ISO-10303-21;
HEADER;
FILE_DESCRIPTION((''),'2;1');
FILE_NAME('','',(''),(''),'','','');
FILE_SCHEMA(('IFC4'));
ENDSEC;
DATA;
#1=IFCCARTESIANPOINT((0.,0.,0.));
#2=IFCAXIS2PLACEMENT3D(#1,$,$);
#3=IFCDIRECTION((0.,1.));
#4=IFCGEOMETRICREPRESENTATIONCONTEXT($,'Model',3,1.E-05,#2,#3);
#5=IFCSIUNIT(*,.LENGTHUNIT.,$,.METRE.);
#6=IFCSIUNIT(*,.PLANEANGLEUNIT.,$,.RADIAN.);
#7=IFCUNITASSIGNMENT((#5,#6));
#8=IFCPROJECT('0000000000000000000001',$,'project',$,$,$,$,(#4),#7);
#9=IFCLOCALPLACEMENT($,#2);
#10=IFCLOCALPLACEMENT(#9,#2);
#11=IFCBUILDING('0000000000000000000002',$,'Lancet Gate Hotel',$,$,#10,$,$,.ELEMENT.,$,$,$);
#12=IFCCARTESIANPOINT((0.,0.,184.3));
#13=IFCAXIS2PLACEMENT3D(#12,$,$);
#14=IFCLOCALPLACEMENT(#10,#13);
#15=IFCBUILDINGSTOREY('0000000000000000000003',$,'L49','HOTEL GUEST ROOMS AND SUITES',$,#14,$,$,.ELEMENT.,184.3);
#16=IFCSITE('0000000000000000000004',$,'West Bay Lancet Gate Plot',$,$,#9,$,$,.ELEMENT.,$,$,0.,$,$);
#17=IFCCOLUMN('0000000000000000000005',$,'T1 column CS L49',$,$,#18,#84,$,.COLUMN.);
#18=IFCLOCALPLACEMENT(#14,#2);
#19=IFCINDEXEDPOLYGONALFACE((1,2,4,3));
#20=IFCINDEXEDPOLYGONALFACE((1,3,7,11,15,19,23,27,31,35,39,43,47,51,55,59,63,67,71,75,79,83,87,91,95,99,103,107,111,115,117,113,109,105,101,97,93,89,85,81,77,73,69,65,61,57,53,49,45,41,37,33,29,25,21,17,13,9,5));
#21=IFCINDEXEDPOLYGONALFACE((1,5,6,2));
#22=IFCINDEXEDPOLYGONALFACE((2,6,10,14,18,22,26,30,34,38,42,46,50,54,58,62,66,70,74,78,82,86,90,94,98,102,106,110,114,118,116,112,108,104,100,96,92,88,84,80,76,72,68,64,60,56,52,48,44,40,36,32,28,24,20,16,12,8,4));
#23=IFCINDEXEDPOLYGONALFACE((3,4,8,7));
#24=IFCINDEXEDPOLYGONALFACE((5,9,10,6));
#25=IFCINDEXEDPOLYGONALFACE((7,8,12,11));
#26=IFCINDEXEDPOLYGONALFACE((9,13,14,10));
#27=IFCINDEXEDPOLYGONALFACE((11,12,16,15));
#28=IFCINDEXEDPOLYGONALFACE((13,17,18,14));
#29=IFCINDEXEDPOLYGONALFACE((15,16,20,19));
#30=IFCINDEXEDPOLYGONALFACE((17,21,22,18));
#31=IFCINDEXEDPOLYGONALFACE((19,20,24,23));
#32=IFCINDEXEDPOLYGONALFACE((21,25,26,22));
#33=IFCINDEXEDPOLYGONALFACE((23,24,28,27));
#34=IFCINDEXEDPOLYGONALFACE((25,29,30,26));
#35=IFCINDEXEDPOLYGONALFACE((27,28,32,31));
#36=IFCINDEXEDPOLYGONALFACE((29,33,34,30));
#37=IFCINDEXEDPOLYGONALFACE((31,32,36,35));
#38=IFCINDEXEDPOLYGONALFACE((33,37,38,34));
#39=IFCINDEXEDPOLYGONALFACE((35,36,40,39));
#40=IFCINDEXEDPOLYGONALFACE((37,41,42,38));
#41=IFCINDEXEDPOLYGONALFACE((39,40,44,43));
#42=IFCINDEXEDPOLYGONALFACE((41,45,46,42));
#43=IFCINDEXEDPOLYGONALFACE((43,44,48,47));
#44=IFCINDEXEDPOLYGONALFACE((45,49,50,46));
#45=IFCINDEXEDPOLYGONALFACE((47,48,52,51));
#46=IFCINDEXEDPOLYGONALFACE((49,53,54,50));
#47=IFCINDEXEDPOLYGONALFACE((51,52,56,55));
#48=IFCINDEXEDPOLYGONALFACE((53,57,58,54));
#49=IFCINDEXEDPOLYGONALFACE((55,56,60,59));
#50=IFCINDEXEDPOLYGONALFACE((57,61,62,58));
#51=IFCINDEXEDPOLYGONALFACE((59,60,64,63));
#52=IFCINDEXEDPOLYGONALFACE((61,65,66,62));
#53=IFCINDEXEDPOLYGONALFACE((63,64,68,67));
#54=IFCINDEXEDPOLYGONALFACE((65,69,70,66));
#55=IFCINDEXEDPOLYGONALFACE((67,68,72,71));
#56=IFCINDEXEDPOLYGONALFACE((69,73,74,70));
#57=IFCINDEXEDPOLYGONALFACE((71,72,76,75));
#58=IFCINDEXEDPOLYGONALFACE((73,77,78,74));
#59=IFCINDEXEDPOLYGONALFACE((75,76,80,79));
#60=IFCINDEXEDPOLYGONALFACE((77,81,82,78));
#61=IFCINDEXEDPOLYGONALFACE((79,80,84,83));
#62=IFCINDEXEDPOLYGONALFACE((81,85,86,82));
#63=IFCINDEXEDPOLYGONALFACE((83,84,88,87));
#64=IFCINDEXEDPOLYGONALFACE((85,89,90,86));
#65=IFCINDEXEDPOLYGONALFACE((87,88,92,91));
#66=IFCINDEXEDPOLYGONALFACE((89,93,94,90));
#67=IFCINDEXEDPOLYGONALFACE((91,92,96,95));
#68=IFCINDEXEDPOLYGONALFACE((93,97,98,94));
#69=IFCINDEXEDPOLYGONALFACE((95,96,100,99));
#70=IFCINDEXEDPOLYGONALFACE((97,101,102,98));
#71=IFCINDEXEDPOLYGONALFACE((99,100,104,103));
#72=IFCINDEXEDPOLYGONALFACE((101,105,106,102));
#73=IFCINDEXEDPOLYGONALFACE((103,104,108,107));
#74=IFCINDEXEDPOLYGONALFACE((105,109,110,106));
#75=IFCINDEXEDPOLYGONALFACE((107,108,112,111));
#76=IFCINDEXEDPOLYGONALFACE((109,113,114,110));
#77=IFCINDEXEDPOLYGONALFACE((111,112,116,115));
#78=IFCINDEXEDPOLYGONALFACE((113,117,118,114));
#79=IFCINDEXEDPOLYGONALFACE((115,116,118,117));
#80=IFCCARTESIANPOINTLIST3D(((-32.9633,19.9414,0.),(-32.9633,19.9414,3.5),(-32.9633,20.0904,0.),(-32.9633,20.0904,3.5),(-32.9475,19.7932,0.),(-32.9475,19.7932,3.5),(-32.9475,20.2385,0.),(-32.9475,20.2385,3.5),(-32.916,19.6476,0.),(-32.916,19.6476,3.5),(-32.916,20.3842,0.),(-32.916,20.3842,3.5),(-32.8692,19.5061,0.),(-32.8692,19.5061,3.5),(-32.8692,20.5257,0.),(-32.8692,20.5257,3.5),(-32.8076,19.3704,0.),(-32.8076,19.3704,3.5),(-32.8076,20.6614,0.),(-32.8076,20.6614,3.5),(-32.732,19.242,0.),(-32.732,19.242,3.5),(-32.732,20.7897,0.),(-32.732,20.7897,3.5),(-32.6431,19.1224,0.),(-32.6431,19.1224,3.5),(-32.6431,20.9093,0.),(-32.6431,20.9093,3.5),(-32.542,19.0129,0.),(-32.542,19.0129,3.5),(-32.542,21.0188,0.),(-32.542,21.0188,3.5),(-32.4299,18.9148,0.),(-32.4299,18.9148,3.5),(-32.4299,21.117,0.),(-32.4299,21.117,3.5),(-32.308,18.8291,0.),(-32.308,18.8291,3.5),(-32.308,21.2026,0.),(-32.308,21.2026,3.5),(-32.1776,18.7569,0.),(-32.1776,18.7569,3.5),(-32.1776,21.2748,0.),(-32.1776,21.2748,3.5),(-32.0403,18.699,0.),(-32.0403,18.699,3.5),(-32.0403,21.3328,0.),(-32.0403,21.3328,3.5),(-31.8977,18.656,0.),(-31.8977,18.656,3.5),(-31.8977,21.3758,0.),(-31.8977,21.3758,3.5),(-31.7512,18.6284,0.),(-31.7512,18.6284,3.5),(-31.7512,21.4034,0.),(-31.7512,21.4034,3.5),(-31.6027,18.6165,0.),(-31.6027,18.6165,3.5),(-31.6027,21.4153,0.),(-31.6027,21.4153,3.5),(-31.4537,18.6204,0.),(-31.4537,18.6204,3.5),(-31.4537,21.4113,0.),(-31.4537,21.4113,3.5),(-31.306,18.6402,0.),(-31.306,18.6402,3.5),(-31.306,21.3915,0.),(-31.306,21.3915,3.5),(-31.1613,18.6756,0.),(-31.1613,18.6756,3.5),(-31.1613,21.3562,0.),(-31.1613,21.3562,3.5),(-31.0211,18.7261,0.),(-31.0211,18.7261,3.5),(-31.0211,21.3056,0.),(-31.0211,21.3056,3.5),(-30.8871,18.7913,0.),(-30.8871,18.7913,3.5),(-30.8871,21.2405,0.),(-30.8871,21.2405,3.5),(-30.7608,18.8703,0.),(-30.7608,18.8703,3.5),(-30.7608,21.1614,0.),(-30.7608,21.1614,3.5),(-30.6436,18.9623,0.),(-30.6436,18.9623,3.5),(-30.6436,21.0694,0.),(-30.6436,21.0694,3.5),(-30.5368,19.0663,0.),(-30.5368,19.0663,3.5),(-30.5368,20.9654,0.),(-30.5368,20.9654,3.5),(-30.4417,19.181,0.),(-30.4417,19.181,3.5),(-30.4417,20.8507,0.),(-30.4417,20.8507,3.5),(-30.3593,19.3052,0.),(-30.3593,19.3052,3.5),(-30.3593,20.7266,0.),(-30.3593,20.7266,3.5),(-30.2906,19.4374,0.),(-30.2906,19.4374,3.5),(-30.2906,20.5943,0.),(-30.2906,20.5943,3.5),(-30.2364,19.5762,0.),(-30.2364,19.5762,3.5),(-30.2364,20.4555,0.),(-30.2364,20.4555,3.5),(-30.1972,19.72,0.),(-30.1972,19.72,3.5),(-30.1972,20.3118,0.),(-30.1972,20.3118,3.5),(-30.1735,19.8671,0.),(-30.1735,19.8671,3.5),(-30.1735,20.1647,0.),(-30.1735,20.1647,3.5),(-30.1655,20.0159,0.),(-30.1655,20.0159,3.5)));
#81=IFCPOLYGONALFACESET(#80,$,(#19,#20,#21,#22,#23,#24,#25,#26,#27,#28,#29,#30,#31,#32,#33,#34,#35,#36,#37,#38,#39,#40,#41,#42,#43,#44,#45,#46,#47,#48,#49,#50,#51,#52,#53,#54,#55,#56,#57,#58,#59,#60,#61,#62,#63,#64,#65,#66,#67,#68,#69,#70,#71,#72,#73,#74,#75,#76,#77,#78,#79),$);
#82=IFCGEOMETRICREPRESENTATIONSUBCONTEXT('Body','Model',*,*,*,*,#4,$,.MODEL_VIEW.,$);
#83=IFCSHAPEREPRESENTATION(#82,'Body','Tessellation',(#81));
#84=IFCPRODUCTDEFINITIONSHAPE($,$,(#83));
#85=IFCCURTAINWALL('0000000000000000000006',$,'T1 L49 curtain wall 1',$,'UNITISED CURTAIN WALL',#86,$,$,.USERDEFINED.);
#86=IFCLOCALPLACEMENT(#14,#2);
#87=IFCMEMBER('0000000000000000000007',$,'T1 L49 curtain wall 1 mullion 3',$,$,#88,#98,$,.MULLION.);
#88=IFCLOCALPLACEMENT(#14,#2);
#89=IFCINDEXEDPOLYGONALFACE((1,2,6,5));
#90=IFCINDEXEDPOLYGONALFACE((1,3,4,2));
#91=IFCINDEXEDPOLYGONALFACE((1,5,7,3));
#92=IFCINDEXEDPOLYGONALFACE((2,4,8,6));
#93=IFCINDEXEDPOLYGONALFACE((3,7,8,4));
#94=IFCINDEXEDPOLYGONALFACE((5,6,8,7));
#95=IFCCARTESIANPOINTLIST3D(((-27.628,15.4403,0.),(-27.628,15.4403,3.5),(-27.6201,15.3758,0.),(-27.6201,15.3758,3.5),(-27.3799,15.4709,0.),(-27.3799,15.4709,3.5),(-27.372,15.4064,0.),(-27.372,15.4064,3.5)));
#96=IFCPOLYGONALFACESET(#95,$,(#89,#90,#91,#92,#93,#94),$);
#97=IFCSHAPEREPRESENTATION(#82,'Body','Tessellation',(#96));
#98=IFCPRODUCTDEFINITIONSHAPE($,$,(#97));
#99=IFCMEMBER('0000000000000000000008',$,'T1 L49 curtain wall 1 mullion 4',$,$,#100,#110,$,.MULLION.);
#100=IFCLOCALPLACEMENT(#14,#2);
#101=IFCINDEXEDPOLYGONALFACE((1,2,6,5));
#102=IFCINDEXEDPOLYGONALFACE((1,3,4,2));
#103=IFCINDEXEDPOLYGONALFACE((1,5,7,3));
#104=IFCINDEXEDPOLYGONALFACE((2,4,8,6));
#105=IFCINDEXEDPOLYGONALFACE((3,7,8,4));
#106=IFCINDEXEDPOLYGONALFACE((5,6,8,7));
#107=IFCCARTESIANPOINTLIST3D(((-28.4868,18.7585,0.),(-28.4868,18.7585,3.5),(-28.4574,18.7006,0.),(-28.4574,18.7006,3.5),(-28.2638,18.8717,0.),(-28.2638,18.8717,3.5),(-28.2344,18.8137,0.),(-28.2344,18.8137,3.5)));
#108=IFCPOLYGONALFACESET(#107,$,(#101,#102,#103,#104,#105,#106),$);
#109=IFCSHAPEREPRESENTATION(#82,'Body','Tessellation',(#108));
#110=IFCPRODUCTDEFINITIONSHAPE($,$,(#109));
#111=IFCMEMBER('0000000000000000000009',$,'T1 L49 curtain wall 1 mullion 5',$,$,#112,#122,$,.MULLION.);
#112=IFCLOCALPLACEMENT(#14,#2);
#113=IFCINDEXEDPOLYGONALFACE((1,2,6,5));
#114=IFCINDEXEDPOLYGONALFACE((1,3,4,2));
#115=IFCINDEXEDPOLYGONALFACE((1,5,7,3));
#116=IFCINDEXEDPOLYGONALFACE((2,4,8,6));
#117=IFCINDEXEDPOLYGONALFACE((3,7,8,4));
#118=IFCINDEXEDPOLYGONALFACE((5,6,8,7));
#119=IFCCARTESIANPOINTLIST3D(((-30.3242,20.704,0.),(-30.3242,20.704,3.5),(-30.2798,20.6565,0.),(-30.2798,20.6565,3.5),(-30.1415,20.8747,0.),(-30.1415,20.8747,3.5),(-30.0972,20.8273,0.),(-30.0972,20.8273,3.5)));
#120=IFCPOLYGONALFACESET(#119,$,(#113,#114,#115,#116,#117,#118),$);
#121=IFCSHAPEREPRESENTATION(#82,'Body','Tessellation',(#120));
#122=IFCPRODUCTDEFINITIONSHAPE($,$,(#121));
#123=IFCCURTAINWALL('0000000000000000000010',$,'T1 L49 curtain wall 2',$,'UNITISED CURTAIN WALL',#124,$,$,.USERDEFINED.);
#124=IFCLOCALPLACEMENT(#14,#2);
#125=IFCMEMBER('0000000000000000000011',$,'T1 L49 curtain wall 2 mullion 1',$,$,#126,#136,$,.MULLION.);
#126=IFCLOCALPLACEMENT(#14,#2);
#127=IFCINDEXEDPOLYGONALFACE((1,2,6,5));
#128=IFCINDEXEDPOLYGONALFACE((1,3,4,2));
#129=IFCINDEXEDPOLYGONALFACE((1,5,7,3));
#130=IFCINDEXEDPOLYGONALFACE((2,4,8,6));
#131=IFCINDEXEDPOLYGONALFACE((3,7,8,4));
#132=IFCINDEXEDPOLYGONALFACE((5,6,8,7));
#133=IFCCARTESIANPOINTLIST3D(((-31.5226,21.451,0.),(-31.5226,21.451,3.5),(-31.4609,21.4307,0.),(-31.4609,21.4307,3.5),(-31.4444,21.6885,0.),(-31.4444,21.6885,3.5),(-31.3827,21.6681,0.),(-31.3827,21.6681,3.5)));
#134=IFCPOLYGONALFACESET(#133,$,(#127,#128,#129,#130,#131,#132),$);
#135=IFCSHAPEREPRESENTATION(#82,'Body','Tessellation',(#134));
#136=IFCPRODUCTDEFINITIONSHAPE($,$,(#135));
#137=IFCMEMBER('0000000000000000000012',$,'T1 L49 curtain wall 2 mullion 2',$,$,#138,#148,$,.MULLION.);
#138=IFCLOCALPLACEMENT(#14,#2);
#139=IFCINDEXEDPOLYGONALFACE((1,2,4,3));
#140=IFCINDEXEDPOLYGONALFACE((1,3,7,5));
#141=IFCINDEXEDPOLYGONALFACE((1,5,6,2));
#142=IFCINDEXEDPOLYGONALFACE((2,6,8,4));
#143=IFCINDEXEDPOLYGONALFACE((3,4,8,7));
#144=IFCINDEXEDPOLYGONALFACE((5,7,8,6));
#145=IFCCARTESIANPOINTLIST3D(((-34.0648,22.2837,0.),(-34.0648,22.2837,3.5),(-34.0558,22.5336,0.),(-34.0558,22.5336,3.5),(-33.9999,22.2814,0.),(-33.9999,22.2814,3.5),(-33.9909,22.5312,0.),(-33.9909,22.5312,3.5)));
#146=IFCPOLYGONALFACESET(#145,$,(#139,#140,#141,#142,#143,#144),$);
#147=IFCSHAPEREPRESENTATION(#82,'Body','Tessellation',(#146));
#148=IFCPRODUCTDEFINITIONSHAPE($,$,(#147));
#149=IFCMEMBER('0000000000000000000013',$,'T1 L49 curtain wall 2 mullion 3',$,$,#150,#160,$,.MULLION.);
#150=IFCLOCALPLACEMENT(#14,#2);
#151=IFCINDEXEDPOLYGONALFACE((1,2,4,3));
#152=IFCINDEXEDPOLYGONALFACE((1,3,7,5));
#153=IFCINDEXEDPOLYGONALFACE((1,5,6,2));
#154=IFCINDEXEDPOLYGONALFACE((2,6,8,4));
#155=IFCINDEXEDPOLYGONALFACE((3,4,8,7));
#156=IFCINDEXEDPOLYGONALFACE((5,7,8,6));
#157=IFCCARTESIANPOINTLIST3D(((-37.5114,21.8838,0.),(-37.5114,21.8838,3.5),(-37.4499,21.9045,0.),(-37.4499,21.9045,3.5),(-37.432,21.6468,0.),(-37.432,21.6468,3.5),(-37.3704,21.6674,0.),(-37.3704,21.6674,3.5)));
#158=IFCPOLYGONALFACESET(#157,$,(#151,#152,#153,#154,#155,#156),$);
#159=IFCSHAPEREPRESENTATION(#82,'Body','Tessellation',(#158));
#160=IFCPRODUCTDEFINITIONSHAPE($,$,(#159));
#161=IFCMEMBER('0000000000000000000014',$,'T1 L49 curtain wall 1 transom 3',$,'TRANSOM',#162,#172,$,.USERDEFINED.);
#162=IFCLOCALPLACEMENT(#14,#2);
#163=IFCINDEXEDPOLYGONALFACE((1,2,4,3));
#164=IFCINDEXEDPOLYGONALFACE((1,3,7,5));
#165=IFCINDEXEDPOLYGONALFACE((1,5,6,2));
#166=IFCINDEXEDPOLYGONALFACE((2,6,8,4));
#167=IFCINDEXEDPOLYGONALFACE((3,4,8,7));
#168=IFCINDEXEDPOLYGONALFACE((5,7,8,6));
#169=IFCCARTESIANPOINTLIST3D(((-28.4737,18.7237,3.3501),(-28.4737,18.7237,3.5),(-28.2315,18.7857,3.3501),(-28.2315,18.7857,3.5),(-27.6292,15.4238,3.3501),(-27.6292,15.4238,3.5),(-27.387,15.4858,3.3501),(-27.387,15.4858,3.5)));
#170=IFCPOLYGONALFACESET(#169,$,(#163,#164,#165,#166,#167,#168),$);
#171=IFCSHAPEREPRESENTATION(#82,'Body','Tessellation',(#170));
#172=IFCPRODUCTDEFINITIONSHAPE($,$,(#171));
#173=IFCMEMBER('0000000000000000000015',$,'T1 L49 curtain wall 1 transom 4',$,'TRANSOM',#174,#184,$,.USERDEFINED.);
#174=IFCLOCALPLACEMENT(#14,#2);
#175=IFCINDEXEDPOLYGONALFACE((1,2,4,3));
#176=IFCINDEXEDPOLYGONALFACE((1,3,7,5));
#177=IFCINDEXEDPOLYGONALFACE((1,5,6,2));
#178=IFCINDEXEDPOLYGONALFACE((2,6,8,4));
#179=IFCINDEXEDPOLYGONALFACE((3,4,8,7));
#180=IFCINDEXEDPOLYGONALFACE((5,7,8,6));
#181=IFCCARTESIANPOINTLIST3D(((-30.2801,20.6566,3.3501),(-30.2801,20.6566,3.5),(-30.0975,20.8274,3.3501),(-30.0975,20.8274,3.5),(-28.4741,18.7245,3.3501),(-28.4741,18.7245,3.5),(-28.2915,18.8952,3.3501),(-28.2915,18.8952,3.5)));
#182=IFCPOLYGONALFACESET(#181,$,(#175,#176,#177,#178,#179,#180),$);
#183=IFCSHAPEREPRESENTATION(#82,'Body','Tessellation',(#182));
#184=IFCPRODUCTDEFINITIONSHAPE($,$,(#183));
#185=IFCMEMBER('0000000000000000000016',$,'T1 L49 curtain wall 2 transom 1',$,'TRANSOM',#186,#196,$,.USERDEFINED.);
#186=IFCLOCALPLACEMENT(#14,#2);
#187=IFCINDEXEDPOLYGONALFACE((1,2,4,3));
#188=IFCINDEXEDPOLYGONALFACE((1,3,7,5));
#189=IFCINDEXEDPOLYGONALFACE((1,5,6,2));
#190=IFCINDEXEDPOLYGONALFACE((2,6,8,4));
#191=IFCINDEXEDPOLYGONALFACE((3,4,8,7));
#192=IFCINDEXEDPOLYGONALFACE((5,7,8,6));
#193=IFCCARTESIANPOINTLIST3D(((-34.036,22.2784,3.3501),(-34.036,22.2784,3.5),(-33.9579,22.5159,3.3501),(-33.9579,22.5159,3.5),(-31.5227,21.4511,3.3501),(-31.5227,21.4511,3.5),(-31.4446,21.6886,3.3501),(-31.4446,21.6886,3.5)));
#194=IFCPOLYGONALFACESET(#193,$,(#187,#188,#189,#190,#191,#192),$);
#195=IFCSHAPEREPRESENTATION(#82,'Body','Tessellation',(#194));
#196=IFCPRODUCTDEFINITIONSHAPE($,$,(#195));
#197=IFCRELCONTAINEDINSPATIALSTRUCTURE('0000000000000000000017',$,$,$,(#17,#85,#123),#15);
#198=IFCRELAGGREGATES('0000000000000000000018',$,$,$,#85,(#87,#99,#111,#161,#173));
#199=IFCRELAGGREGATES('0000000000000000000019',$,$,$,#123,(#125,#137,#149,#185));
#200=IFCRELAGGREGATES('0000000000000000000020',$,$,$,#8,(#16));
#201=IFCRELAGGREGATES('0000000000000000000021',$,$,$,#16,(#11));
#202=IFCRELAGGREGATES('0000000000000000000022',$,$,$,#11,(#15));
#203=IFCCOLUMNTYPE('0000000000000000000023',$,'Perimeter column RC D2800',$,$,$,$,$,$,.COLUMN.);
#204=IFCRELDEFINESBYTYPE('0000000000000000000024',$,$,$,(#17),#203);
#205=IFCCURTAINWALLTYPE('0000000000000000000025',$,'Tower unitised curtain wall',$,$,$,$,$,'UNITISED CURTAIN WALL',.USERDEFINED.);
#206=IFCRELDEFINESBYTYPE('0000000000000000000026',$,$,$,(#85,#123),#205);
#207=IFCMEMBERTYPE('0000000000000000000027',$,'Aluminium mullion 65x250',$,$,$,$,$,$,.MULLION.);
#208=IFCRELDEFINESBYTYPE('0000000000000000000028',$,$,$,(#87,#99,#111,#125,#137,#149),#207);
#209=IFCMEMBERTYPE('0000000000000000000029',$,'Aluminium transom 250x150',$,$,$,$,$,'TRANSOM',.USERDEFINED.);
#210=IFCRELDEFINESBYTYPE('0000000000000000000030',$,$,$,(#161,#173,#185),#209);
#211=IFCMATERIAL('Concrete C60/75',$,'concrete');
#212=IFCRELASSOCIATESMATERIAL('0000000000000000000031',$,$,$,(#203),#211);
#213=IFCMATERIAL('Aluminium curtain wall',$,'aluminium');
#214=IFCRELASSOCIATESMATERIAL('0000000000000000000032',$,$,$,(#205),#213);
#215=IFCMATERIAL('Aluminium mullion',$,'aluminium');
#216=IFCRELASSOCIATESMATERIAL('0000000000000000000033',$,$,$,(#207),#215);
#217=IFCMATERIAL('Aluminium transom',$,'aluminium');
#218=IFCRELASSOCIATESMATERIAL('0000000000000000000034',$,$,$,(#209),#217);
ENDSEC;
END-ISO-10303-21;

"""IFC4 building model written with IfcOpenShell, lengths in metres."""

from ifc_helpers import new_model, si_unit, direction, frame, origin, origin_2d, place, context, subcontext, project, spatial, rectangle, circle, extrude, material, material_profile, profile_set, type_object, element, aggregate, save


model = new_model("IFC4")

# Units and contexts
model_context = context("Model", 3, precision=1e-05, world=origin(), true_north=direction((0.0, 1.0)))
body_context = subcontext(model_context, "Body", "Model", "MODEL_VIEW")
ifc_project = project(units=[si_unit("LENGTHUNIT", "METRE"), si_unit("PLANEANGLEUNIT", "RADIAN")], contexts=[model_context])

# Site, building, storey
site_placement = place(None, origin())
site = spatial("IfcSite", under=ifc_project, at=site_placement, Name="West Bay Lancet Gate Plot", CompositionType="ELEMENT", RefElevation=0.0)
building_placement = place(site_placement, origin())
building = spatial("IfcBuilding", under=site, at=building_placement, Name="Lancet Gate Hotel", CompositionType="ELEMENT")
storey_placement = place(building_placement, frame((0.0, 0.0, 184.3)))
storey = spatial("IfcBuildingStorey", under=building, at=storey_placement, Name="L49", Description="HOTEL GUEST ROOMS AND SUITES", CompositionType="ELEMENT", Elevation=184.3)

# Column
ifc_material_1 = material(Name="Concrete C60/75", Category="concrete")
ifc_material_profile_1 = material_profile(ifc_material_1, circle(Radius=1.3999, at=origin_2d()), Name="RC D2800")
ifc_profile_set_1 = profile_set([ifc_material_profile_1], Name="Concrete C60/75")
column_type = type_object("IfcColumnType", Name="Perimeter column RC D2800", PredefinedType="COLUMN", material=ifc_profile_set_1)
column_placement = place(storey_placement, frame((-31.5654, 20.0159, 0.0), z_axis=(0.0, 0.0, 1.0), x_axis=(1.0, 0.0, 0.0)))
element("IfcColumn", 1, at=column_placement, inside=storey, type_object=column_type, Name="T1 column CS L49", PredefinedType="COLUMN", context=body_context, shape_type="SweptSolid", body=[
    extrude(circle(Radius=1.3999, at=origin_2d()), origin(), (0.0, 0.0, 1.0), 3.5),
])

# Curtain walls, members
ifc_material_2 = material(Name="Aluminium curtain wall", Category="aluminium")
curtain_wall_type = type_object("IfcCurtainWallType", Name="Tower unitised curtain wall", ElementType="UNITISED CURTAIN WALL", PredefinedType="USERDEFINED", material=ifc_material_2)
curtain_wall_1_placement = place(storey_placement, origin())
curtain_wall_1 = element("IfcCurtainWall", 2, at=curtain_wall_1_placement, inside=storey, type_object=curtain_wall_type, Name="T1 L49 curtain wall 1", ObjectType="UNITISED CURTAIN WALL", PredefinedType="USERDEFINED")
ifc_material_3 = material(Name="Aluminium mullion", Category="aluminium")
ifc_material_profile_2 = material_profile(ifc_material_3, rectangle(XDim=0.0649, YDim=0.25, at=origin_2d()), Name="MULLION 65x250")
ifc_profile_set_2 = profile_set([ifc_material_profile_2], Name="Aluminium mullion")
member_type_1 = type_object("IfcMemberType", Name="Aluminium mullion 65x250", PredefinedType="MULLION", material=ifc_profile_set_2)
member_1_placement = place(storey_placement, frame((-27.5, 15.4233, 0.0), z_axis=(0.0, 0.0, 1.0), x_axis=(-0.122467, 0.992473, 0.0)))
member_1 = element("IfcMember", 3, at=member_1_placement, type_object=member_type_1, Name="T1 L49 curtain wall 1 mullion 3", PredefinedType="MULLION", context=body_context, shape_type="SweptSolid", body=[
    extrude(rectangle(XDim=0.0649, YDim=0.25, at=origin_2d()), origin(), (0.0, 0.0, 1.0), 3.5),
])
member_2_placement = place(storey_placement, frame((-28.3606, 18.7861, 0.0), z_axis=(0.0, 0.0, 1.0), x_axis=(-0.452508, 0.891761, 0.0)))
member_2 = element("IfcMember", 4, at=member_2_placement, type_object=member_type_1, Name="T1 L49 curtain wall 1 mullion 4", PredefinedType="MULLION", context=body_context, shape_type="SweptSolid", body=[
    extrude(rectangle(XDim=0.0649, YDim=0.25, at=origin_2d()), origin(), (0.0, 0.0, 1.0), 3.5),
])
member_3_placement = place(storey_placement, frame((-30.2107, 20.7656, 0.0), z_axis=(0.0, 0.0, 1.0), x_axis=(-0.682845, 0.730563, 0.0)))
member_3 = element("IfcMember", 5, at=member_3_placement, type_object=member_type_1, Name="T1 L49 curtain wall 1 mullion 5", PredefinedType="MULLION", context=body_context, shape_type="SweptSolid", body=[
    extrude(rectangle(XDim=0.0649, YDim=0.25, at=origin_2d()), origin(), (0.0, 0.0, 1.0), 3.5),
])
curtain_wall_2_placement = place(storey_placement, origin())
curtain_wall_2 = element("IfcCurtainWall", 6, at=curtain_wall_2_placement, inside=storey, type_object=curtain_wall_type, Name="T1 L49 curtain wall 2", ObjectType="UNITISED CURTAIN WALL", PredefinedType="USERDEFINED")
member_4_placement = place(storey_placement, frame((-31.4526, 21.5596, 0.0), z_axis=(0.0, 0.0, 1.0), x_axis=(-0.949848, 0.312712, 0.0)))
member_4 = element("IfcMember", 7, at=member_4_placement, type_object=member_type_1, Name="T1 L49 curtain wall 2 mullion 1", PredefinedType="MULLION", context=body_context, shape_type="SweptSolid", body=[
    extrude(rectangle(XDim=0.0649, YDim=0.25, at=origin_2d()), origin(), (0.0, 0.0, 1.0), 3.5),
])
member_5_placement = place(storey_placement, frame((-34.0278, 22.4075, 0.0), z_axis=(0.0, 0.0, 1.0), x_axis=(-0.99935, 0.036037, 0.0)))
member_5 = element("IfcMember", 8, at=member_5_placement, type_object=member_type_1, Name="T1 L49 curtain wall 2 mullion 2", PredefinedType="MULLION", context=body_context, shape_type="SweptSolid", body=[
    extrude(rectangle(XDim=0.0649, YDim=0.25, at=origin_2d()), origin(), (0.0, 0.0, 1.0), 3.5),
])
member_6_placement = place(storey_placement, frame((-37.4409, 21.7756, 0.0), z_axis=(0.0, 0.0, 1.0), x_axis=(-0.948119, -0.317915, 0.0)))
member_6 = element("IfcMember", 9, at=member_6_placement, type_object=member_type_1, Name="T1 L49 curtain wall 2 mullion 3", PredefinedType="MULLION", context=body_context, shape_type="SweptSolid", body=[
    extrude(rectangle(XDim=0.0649, YDim=0.25, at=origin_2d()), origin(), (0.0, 0.0, 1.0), 3.5),
])

# Members
ifc_material_4 = material(Name="Aluminium transom", Category="aluminium")
ifc_material_profile_3 = material_profile(ifc_material_4, rectangle(XDim=0.25, YDim=0.1499, at=origin_2d()), Name="TRANSOM 250x150")
ifc_profile_set_3 = profile_set([ifc_material_profile_3], Name="Aluminium transom")
member_type_2 = type_object("IfcMemberType", Name="Aluminium transom 250x150", ElementType="TRANSOM", PredefinedType="USERDEFINED", material=ifc_profile_set_3)
member_7_placement = place(storey_placement, frame((-27.5081, 15.4548, 3.425), z_axis=(-0.247929, 0.968778, 0.0), x_axis=(-0.968778, -0.247929, 0.0)))
member_7 = element("IfcMember", 10, at=member_7_placement, type_object=member_type_2, Name="T1 L49 curtain wall 1 transom 3", ObjectType="TRANSOM", PredefinedType="USERDEFINED", context=body_context, shape_type="SweptSolid", body=[
    extrude(rectangle(XDim=0.25, YDim=0.1499, at=origin_2d()), origin(), (0.0, 0.0, 1.0), 3.4062),
])
member_8_placement = place(storey_placement, frame((-28.3828, 18.8098, 3.425), z_axis=(-0.682841, 0.730567, 0.0), x_axis=(-0.730567, -0.682841, 0.0)))
member_8 = element("IfcMember", 11, at=member_8_placement, type_object=member_type_2, Name="T1 L49 curtain wall 1 transom 4", ObjectType="TRANSOM", PredefinedType="USERDEFINED", context=body_context, shape_type="SweptSolid", body=[
    extrude(rectangle(XDim=0.25, YDim=0.1499, at=origin_2d()), origin(), (0.0, 0.0, 1.0), 2.6448),
])
member_9_placement = place(storey_placement, frame((-31.4836, 21.5698, 3.425), z_axis=(-0.949858, 0.312683, 0.0), x_axis=(-0.312683, -0.949858, 0.0)))
member_9 = element("IfcMember", 12, at=member_9_placement, type_object=member_type_2, Name="T1 L49 curtain wall 2 transom 1", ObjectType="TRANSOM", PredefinedType="USERDEFINED", context=body_context, shape_type="SweptSolid", body=[
    extrude(rectangle(XDim=0.25, YDim=0.1499, at=origin_2d()), origin(), (0.0, 0.0, 1.0), 2.646),
])

aggregate(curtain_wall_1, [member_1, member_2, member_3, member_7, member_8])
aggregate(curtain_wall_2, [member_4, member_5, member_6, member_9])

save(model, "model.ifc")
